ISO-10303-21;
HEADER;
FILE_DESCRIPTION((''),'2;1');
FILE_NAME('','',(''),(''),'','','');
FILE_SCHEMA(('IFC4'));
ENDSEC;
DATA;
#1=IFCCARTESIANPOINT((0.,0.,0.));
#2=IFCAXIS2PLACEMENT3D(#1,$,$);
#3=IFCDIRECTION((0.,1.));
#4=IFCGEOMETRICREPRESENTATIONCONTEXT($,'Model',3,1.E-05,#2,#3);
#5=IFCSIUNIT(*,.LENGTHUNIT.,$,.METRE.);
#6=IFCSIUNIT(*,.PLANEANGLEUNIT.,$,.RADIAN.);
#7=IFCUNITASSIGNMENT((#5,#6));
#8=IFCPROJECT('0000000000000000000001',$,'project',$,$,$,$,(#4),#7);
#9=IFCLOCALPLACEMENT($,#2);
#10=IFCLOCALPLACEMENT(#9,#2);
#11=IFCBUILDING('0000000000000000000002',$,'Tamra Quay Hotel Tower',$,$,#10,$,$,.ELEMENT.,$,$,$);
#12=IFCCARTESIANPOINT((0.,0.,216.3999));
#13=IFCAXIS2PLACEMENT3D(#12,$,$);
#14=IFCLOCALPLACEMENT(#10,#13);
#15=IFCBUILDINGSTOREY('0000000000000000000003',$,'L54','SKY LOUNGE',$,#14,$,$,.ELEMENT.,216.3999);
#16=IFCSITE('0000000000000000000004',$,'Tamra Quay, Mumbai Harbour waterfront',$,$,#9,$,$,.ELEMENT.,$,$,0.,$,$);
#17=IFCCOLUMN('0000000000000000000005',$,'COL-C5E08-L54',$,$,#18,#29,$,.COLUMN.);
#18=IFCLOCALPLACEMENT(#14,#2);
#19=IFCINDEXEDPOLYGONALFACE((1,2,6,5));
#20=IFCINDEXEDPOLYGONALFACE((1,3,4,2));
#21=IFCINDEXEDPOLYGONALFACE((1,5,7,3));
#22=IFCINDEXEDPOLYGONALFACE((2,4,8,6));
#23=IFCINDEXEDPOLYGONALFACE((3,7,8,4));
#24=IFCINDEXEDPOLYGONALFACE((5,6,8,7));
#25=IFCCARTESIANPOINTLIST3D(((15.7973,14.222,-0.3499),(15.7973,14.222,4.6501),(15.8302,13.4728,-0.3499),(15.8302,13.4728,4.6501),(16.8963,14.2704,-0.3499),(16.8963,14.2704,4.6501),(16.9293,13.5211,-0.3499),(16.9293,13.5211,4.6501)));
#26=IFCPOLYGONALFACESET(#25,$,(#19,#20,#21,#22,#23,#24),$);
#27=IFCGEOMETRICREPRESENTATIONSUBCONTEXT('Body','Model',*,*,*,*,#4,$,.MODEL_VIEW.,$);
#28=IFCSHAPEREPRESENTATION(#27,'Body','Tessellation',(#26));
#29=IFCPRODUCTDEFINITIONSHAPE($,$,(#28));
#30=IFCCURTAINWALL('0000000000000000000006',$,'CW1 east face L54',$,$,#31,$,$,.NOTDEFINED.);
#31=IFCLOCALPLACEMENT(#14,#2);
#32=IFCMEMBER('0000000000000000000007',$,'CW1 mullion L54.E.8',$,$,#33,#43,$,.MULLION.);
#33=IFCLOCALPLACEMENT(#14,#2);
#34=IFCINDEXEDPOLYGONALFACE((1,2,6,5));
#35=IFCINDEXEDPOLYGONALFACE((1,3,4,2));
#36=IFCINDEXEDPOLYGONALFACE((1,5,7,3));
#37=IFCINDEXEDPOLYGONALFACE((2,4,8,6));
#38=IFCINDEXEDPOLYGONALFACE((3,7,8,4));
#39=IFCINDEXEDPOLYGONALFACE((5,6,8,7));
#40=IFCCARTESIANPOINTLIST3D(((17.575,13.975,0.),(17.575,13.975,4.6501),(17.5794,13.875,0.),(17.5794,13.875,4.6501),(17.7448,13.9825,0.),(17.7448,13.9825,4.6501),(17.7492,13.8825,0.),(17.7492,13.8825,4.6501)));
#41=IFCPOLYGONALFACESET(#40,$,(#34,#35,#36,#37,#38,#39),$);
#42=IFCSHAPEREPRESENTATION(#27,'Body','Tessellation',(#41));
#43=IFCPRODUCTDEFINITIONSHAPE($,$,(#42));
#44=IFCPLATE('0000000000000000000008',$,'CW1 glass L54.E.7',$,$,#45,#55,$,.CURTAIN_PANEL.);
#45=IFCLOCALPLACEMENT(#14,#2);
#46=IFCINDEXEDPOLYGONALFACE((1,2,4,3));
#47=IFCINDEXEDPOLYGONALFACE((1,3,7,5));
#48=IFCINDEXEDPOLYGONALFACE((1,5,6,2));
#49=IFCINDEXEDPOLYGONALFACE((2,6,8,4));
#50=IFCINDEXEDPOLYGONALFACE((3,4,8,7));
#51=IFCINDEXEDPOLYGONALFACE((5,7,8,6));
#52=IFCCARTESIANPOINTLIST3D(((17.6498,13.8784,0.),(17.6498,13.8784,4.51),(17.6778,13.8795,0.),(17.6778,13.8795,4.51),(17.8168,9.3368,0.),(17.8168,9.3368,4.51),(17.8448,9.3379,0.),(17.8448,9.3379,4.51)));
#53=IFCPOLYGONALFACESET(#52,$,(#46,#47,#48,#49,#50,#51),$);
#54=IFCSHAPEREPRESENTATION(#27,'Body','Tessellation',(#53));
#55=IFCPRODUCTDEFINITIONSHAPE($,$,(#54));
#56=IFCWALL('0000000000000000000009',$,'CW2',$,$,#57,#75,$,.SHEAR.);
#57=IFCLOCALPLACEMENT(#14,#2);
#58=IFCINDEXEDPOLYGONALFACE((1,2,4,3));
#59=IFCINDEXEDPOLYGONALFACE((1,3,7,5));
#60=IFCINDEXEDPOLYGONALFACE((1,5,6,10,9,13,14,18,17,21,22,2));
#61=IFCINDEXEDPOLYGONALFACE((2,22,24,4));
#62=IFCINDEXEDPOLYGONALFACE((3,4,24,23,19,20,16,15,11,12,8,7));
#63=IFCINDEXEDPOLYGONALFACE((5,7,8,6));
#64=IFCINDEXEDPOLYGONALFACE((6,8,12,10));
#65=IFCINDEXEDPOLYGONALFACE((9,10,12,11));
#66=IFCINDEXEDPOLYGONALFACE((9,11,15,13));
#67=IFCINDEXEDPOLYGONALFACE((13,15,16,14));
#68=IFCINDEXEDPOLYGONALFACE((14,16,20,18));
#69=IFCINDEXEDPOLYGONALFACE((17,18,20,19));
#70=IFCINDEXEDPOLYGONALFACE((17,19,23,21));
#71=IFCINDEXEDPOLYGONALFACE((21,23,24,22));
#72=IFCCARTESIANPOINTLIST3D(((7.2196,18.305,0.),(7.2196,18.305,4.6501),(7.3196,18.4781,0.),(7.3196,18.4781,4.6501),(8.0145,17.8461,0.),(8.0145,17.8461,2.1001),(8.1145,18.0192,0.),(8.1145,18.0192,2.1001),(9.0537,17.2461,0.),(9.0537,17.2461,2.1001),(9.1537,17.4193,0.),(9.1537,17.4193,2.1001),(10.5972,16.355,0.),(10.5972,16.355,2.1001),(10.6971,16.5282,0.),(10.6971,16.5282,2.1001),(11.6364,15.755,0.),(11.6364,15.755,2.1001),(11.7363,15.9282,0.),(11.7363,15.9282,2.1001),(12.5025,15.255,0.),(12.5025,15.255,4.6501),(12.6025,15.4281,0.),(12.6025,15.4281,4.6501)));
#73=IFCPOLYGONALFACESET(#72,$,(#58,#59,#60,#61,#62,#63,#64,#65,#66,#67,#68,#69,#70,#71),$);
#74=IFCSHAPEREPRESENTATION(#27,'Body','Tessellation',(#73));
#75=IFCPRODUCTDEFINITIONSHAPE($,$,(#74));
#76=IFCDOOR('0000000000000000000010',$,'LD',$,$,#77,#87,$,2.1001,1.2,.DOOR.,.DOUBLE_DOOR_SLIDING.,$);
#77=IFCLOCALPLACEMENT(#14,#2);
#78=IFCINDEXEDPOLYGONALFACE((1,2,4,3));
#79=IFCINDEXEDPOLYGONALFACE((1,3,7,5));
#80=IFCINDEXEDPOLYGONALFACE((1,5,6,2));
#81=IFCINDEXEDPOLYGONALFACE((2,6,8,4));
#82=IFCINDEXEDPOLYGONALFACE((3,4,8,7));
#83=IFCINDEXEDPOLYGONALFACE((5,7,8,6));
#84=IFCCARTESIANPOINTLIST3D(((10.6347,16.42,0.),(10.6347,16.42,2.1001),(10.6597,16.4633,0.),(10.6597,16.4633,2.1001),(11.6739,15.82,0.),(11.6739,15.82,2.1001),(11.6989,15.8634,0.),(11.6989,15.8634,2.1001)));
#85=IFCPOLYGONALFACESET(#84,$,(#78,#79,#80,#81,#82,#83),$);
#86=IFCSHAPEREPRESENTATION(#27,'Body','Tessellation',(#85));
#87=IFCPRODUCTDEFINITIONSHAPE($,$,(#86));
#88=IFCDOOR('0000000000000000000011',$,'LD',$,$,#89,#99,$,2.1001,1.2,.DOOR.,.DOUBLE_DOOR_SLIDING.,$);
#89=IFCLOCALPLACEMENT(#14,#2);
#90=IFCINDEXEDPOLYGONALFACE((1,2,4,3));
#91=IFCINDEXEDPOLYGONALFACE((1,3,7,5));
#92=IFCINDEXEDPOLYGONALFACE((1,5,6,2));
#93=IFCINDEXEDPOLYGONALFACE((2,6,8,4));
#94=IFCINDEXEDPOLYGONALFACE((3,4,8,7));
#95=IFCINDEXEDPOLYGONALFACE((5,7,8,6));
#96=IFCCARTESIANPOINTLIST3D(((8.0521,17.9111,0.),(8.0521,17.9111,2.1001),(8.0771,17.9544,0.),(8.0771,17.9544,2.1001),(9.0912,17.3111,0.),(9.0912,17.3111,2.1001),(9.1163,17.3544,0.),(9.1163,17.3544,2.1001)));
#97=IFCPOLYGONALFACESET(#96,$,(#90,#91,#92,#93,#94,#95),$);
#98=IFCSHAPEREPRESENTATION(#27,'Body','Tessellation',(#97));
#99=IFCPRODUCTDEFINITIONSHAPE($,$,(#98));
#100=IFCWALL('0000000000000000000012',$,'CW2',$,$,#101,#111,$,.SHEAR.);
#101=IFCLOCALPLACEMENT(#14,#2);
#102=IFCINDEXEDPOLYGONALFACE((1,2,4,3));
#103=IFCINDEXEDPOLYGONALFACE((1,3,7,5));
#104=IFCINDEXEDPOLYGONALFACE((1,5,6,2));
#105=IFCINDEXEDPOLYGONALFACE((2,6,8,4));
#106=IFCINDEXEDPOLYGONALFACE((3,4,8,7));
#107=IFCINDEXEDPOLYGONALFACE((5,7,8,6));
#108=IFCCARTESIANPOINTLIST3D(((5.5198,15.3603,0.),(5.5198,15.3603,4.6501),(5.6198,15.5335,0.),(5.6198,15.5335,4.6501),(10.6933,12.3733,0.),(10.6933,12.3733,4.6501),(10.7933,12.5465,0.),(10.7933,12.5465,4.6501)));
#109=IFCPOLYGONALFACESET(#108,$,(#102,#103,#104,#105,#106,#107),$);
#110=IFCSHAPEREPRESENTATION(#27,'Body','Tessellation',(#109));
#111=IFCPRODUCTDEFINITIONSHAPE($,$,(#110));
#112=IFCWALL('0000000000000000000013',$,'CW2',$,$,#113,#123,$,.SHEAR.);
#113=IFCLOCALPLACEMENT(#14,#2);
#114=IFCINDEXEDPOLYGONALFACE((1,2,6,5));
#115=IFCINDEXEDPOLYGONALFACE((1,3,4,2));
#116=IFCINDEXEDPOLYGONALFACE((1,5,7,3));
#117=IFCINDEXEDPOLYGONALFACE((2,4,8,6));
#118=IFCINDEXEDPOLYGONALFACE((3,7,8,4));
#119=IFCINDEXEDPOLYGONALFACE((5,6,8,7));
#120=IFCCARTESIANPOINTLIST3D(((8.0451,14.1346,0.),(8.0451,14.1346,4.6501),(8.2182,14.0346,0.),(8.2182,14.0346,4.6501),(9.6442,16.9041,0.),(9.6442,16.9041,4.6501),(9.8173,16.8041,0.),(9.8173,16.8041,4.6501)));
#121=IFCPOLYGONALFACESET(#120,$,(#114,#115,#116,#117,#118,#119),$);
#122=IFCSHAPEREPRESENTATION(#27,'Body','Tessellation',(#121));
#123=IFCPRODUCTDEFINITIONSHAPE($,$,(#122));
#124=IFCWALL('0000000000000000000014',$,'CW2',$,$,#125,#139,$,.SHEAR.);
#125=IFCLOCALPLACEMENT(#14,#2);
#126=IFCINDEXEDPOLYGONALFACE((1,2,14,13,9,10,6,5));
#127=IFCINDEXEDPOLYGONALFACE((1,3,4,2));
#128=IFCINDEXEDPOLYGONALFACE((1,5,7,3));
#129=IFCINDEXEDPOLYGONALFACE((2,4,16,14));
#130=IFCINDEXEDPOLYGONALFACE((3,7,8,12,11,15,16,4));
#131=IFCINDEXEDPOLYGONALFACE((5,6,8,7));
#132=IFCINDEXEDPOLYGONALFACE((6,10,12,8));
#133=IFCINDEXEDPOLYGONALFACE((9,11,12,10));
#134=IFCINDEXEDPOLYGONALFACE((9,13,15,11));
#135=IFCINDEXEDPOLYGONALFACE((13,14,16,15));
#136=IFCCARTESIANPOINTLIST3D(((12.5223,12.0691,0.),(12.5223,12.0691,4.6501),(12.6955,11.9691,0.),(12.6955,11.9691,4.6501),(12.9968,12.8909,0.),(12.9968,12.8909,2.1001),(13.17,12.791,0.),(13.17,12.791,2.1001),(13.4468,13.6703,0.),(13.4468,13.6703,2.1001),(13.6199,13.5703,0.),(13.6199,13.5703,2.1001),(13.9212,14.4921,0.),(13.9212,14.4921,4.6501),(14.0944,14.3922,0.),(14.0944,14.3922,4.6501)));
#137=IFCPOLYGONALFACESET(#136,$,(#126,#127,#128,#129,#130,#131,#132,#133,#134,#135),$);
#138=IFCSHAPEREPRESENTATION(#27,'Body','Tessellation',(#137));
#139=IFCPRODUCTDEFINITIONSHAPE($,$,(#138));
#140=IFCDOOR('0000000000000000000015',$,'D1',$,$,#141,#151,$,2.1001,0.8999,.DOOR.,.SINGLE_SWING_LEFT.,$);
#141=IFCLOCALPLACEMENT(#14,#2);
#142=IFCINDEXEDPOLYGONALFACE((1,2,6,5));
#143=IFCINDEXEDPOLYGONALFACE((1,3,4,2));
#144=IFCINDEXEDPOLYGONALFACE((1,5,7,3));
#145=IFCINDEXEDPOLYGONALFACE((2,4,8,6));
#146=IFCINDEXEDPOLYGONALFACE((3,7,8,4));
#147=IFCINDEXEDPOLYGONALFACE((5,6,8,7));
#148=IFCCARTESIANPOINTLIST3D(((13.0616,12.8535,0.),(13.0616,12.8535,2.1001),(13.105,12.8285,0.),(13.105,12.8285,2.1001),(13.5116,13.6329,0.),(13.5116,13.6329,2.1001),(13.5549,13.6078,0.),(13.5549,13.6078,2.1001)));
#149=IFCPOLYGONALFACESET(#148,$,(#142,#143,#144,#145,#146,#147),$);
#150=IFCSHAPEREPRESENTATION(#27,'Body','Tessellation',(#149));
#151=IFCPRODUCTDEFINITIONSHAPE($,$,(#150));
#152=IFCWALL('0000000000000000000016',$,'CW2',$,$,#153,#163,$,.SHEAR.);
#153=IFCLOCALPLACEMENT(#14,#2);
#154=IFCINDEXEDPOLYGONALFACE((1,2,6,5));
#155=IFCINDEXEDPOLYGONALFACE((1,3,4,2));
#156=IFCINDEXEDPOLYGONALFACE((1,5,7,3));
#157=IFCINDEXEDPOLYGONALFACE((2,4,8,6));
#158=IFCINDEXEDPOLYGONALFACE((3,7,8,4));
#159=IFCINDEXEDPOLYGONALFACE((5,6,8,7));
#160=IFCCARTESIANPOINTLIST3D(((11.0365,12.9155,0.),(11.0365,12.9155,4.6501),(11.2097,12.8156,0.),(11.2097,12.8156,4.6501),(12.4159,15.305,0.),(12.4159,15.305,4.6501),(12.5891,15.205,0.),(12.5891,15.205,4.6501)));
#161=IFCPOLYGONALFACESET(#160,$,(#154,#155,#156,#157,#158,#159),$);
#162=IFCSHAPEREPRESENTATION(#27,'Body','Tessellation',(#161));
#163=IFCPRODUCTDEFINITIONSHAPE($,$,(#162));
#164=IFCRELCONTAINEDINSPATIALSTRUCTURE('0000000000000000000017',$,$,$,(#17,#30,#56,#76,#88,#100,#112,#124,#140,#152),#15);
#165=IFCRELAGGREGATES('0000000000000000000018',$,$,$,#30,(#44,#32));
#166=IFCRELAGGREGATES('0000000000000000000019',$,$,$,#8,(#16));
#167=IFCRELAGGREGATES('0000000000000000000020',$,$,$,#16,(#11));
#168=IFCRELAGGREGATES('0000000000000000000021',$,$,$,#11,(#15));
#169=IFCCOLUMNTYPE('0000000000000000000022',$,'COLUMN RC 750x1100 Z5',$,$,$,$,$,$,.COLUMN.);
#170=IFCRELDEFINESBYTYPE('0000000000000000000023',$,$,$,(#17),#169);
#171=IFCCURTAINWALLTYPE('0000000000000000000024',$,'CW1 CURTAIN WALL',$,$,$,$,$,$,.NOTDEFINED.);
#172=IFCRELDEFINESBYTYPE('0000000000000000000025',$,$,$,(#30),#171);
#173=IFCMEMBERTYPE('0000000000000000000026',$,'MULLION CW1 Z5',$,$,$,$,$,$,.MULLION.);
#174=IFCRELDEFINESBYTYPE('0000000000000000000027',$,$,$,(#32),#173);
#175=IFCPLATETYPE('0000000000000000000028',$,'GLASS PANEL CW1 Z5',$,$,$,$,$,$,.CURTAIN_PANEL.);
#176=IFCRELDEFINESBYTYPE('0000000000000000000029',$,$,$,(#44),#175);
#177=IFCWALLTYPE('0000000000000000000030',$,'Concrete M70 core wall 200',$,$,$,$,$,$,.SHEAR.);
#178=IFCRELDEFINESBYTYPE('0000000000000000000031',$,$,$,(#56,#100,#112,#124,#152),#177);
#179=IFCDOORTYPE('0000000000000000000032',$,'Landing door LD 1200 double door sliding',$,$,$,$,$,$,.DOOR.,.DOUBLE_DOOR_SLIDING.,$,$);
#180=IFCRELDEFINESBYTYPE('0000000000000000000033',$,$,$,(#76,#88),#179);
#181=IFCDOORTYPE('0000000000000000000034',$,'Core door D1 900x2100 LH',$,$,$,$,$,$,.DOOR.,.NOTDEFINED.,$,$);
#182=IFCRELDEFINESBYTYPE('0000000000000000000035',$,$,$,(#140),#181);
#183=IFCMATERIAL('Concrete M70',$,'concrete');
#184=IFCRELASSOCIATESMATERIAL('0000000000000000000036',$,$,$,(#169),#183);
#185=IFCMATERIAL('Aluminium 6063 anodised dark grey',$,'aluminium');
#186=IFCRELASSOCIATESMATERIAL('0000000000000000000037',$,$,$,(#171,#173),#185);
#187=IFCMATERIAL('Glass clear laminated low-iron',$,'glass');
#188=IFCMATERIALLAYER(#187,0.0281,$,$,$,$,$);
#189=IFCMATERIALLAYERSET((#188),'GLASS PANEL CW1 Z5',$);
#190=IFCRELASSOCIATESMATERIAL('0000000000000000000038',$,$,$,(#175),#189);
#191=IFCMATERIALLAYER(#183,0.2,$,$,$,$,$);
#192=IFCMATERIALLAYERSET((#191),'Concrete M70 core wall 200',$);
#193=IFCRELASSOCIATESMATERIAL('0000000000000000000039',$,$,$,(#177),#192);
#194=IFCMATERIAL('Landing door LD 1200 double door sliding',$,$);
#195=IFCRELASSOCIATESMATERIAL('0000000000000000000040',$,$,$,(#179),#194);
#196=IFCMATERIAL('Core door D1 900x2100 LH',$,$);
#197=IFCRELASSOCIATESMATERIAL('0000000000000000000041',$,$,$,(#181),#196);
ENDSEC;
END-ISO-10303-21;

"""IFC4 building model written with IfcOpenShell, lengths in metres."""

from ifc_helpers import new_model, si_unit, direction, frame, frame_2d, origin, origin_2d, place, context, subcontext, project, spatial, rectangle, extrude, material, layer, layer_set, material_profile, profile_set, type_object, element, fill, aggregate, save


model = new_model("IFC4")

# Units and contexts
model_context = context("Model", 3, precision=1e-05, world=origin(), true_north=direction((0.0, 1.0)))
body_context = subcontext(model_context, "Body", "Model", "MODEL_VIEW")
ifc_project = project(units=[si_unit("LENGTHUNIT", "METRE"), si_unit("PLANEANGLEUNIT", "RADIAN")], contexts=[model_context])

# Site, building, storey
site_placement = place(None, origin())
site = spatial("IfcSite", under=ifc_project, at=site_placement, Name="Tamra Quay, Mumbai Harbour waterfront", CompositionType="ELEMENT", RefElevation=0.0)
building_placement = place(site_placement, origin())
building = spatial("IfcBuilding", under=site, at=building_placement, Name="Tamra Quay Hotel Tower", CompositionType="ELEMENT")
storey_placement = place(building_placement, frame((0.0, 0.0, 216.3999)))
storey = spatial("IfcBuildingStorey", under=building, at=storey_placement, Name="L54", Description="SKY LOUNGE", CompositionType="ELEMENT", Elevation=216.3999)

# Column
ifc_material_1 = material(Name="Concrete M70", Category="concrete")
ifc_material_profile_1 = material_profile(ifc_material_1, rectangle(XDim=1.1001, YDim=0.75, at=origin_2d()), Name="COLUMN RC 750x1100 Z5")
ifc_profile_set_1 = profile_set([ifc_material_profile_1], Name="Concrete M70")
column_type = type_object("IfcColumnType", Name="COLUMN RC 750x1100 Z5", PredefinedType="COLUMN", material=ifc_profile_set_1)
column_placement = place(storey_placement, frame((16.3633, 13.8716, -0.3499), z_axis=(0.0, 0.0, 1.0), x_axis=(0.999033, 0.043958, 0.0)))
element("IfcColumn", 1, at=column_placement, inside=storey, type_object=column_type, Name="COL-C5E08-L54", PredefinedType="COLUMN", context=body_context, shape_type="SweptSolid", body=[
    extrude(rectangle(XDim=1.1001, YDim=0.75, at=origin_2d()), origin(), (0.0, 0.0, 1.0), 5.0),
])

# Curtain wall, member, plate
ifc_material_2 = material(Name="Aluminium 6063 anodised dark grey", Category="aluminium")
curtain_wall_type = type_object("IfcCurtainWallType", Name="CW1 CURTAIN WALL", PredefinedType="NOTDEFINED", material=ifc_material_2)
curtain_wall_placement = place(storey_placement, origin())
curtain_wall = element("IfcCurtainWall", 2, at=curtain_wall_placement, inside=storey, type_object=curtain_wall_type, Name="CW1 east face L54", PredefinedType="NOTDEFINED")
ifc_material_profile_2 = material_profile(ifc_material_2, rectangle(XDim=0.1699, YDim=0.1001, at=origin_2d()), Name="MULLION 100X170")
ifc_profile_set_2 = profile_set([ifc_material_profile_2], Name="Aluminium 6063 anodised dark grey")
member_type = type_object("IfcMemberType", Name="MULLION CW1 Z5", PredefinedType="MULLION", material=ifc_profile_set_2)
member_placement = place(storey_placement, frame((17.6621, 13.9287, 0.0), z_axis=(0.0, 0.0, 1.0), x_axis=(0.999028, 0.044075, 0.0)))
member = element("IfcMember", 3, at=member_placement, type_object=member_type, Name="CW1 mullion L54.E.8", PredefinedType="MULLION", context=body_context, shape_type="SweptSolid", body=[
    extrude(rectangle(XDim=0.1699, YDim=0.1001, at=origin_2d()), origin(), (0.0, 0.0, 1.0), 4.6501),
])
ifc_material_3 = material(Name="Glass clear laminated low-iron", Category="glass")
ifc_layer_1 = layer(ifc_material_3, 0.0281)
ifc_layer_set_1 = layer_set([ifc_layer_1], Name="GLASS PANEL CW1 Z5")
plate_type = type_object("IfcPlateType", Name="GLASS PANEL CW1 Z5", PredefinedType="CURTAIN_PANEL", material=ifc_layer_set_1)
plate_placement = place(storey_placement, frame((17.7473, 11.6082, 0.0), z_axis=(0.0, 0.0, 1.0), x_axis=(-0.036745, 0.999325, 0.0)))
plate = element("IfcPlate", 4, at=plate_placement, type_object=plate_type, Name="CW1 glass L54.E.7", PredefinedType="CURTAIN_PANEL", context=body_context, shape_type="SweptSolid", body=[
    extrude(rectangle(XDim=4.5447, YDim=0.0281, at=origin_2d()), origin(), (0.0, 0.0, 1.0), 4.51),
])
aggregate(curtain_wall, [plate, member])

# Wall, openings, doors
ifc_layer_2 = layer(ifc_material_1, 0.2)
ifc_layer_set_2 = layer_set([ifc_layer_2], Name="Concrete M70 core wall 200")
wall_type_1 = type_object("IfcWallType", Name="Concrete M70 core wall 200", PredefinedType="SHEAR", material=ifc_layer_set_2)
wall_1_placement = place(storey_placement, frame((12.5525, 15.3416, 0.0), z_axis=(0.0, 0.0, 1.0), x_axis=(-0.86603, 0.499992, 0.0)))
wall_1 = element("IfcWall", 5, at=wall_1_placement, inside=storey, type_object=wall_type_1, Name="CW2", PredefinedType="SHEAR", context=body_context, shape_type="SweptSolid", body=[
    extrude(rectangle(XDim=6.1001, YDim=0.2, at=frame_2d((3.05, 0.0))), origin(), (0.0, 0.0, 1.0), 4.6501),
])
opening_1_placement = place(wall_1_placement, frame((1.0, 0.0, 0.0)))
opening_1 = element("IfcOpeningElement", 6, at=opening_1_placement, cuts=wall_1, PredefinedType="OPENING", context=body_context, shape_type="SweptSolid", body=[
    extrude(rectangle(XDim=1.2, YDim=2.1001, at=frame_2d((0.6001, 1.05))), frame((0.0, 0.1099, 0.0), z_axis=(0.0, -1.0, 0.0), x_axis=(1.0, 0.0, 0.0)), (0.0, 0.0, 1.0), 0.22),
])
opening_2_placement = place(wall_1_placement, frame((3.9822, 0.0, 0.0)))
opening_2 = element("IfcOpeningElement", 7, at=opening_2_placement, cuts=wall_1, PredefinedType="OPENING", context=body_context, shape_type="SweptSolid", body=[
    extrude(rectangle(XDim=1.2, YDim=2.1001, at=frame_2d((0.6001, 1.05))), frame((0.0, 0.1099, 0.0), z_axis=(0.0, -1.0, 0.0), x_axis=(1.0, 0.0, 0.0)), (0.0, 0.0, 1.0), 0.22),
])
ifc_material_4 = material(Name="Landing door LD 1200 double door sliding")
door_type_1 = type_object("IfcDoorType", Name="Landing door LD 1200 double door sliding", OperationType="DOUBLE_DOOR_SLIDING", PredefinedType="DOOR", material=ifc_material_4)
door_1_placement = place(opening_1_placement, origin())
door_1 = element("IfcDoor", 8, at=door_1_placement, inside=storey, type_object=door_type_1, Name="LD", OperationType="DOUBLE_DOOR_SLIDING", OverallHeight=2.1001, OverallWidth=1.2, PredefinedType="DOOR", context=body_context, shape_type="SweptSolid", body=[
    extrude(rectangle(XDim=1.2, YDim=2.1001, at=frame_2d((0.6001, 1.05))), frame((0.0, 0.0249, 0.0), z_axis=(0.0, -1.0, 0.0), x_axis=(1.0, 0.0, 0.0)), (0.0, 0.0, 1.0), 0.05),
])
fill(opening_1, door_1)
door_2_placement = place(opening_2_placement, origin())
door_2 = element("IfcDoor", 9, at=door_2_placement, inside=storey, type_object=door_type_1, Name="LD", OperationType="DOUBLE_DOOR_SLIDING", OverallHeight=2.1001, OverallWidth=1.2, PredefinedType="DOOR", context=body_context, shape_type="SweptSolid", body=[
    extrude(rectangle(XDim=1.2, YDim=2.1001, at=frame_2d((0.6001, 1.05))), frame((0.0, 0.0249, 0.0), z_axis=(0.0, -1.0, 0.0), x_axis=(1.0, 0.0, 0.0)), (0.0, 0.0, 1.0), 0.05),
])
fill(opening_2, door_2)

# Walls
wall_2_placement = place(storey_placement, frame((10.7432, 12.46, 0.0), z_axis=(0.0, 0.0, 1.0), x_axis=(-0.866019, 0.500011, 0.0)))
element("IfcWall", 10, at=wall_2_placement, inside=storey, type_object=wall_type_1, Name="CW2", PredefinedType="SHEAR", context=body_context, shape_type="SweptSolid", body=[
    extrude(rectangle(XDim=5.9739, YDim=0.2, at=frame_2d((2.9868, 0.0))), origin(), (0.0, 0.0, 1.0), 4.6501),
])
wall_3_placement = place(storey_placement, frame((8.1316, 14.0845, 0.0), z_axis=(0.0, 0.0, 1.0), x_axis=(0.500031, 0.866008, 0.0)))
element("IfcWall", 11, at=wall_3_placement, inside=storey, type_object=wall_type_1, Name="CW2", PredefinedType="SHEAR", context=body_context, shape_type="SweptSolid", body=[
    extrude(rectangle(XDim=3.198, YDim=0.2, at=frame_2d((1.5991, 0.0))), origin(), (0.0, 0.0, 1.0), 4.6501),
])

# Wall, opening, door
wall_4_placement = place(storey_placement, frame((14.0078, 14.4421, 0.0), z_axis=(0.0, 0.0, 1.0), x_axis=(-0.499987, -0.866033, 0.0)))
wall_4 = element("IfcWall", 12, at=wall_4_placement, inside=storey, type_object=wall_type_1, Name="CW2", PredefinedType="SHEAR", context=body_context, shape_type="SweptSolid", body=[
    extrude(rectangle(XDim=2.7979, YDim=0.2, at=frame_2d((1.3989, 0.0))), origin(), (0.0, 0.0, 1.0), 4.6501),
])
opening_3_placement = place(wall_4_placement, frame((0.949, 0.0, 0.0)))
opening_3 = element("IfcOpeningElement", 13, at=opening_3_placement, cuts=wall_4, PredefinedType="OPENING", context=body_context, shape_type="SweptSolid", body=[
    extrude(rectangle(XDim=0.8999, YDim=2.1001, at=frame_2d((0.45, 1.05))), frame((0.0, 0.1099, 0.0), z_axis=(0.0, -1.0, 0.0), x_axis=(1.0, 0.0, 0.0)), (0.0, 0.0, 1.0), 0.22),
])
ifc_material_5 = material(Name="Core door D1 900x2100 LH")
door_type_2 = type_object("IfcDoorType", Name="Core door D1 900x2100 LH", OperationType="NOTDEFINED", PredefinedType="DOOR", material=ifc_material_5)
door_3_placement = place(opening_3_placement, origin())
door_3 = element("IfcDoor", 14, at=door_3_placement, inside=storey, type_object=door_type_2, Name="D1", OperationType="SINGLE_SWING_LEFT", OverallHeight=2.1001, OverallWidth=0.8999, PredefinedType="DOOR", context=body_context, shape_type="SweptSolid", body=[
    extrude(rectangle(XDim=0.8999, YDim=2.1001, at=frame_2d((0.45, 1.05))), frame((0.0, 0.0249, 0.0), z_axis=(0.0, -1.0, 0.0), x_axis=(1.0, 0.0, 0.0)), (0.0, 0.0, 1.0), 0.05),
])
fill(opening_3, door_3)

# Wall
wall_5_placement = place(storey_placement, frame((12.5024, 15.2549, 0.0), z_axis=(0.0, 0.0, 1.0), x_axis=(-0.499965, -0.866046, 0.0)))
element("IfcWall", 15, at=wall_5_placement, inside=storey, type_object=wall_type_1, Name="CW2", PredefinedType="SHEAR", context=body_context, shape_type="SweptSolid", body=[
    extrude(rectangle(XDim=2.759, YDim=0.2, at=frame_2d((1.3794, 0.0))), origin(), (0.0, 0.0, 1.0), 4.6501),
])

save(model, "model.ifc")
